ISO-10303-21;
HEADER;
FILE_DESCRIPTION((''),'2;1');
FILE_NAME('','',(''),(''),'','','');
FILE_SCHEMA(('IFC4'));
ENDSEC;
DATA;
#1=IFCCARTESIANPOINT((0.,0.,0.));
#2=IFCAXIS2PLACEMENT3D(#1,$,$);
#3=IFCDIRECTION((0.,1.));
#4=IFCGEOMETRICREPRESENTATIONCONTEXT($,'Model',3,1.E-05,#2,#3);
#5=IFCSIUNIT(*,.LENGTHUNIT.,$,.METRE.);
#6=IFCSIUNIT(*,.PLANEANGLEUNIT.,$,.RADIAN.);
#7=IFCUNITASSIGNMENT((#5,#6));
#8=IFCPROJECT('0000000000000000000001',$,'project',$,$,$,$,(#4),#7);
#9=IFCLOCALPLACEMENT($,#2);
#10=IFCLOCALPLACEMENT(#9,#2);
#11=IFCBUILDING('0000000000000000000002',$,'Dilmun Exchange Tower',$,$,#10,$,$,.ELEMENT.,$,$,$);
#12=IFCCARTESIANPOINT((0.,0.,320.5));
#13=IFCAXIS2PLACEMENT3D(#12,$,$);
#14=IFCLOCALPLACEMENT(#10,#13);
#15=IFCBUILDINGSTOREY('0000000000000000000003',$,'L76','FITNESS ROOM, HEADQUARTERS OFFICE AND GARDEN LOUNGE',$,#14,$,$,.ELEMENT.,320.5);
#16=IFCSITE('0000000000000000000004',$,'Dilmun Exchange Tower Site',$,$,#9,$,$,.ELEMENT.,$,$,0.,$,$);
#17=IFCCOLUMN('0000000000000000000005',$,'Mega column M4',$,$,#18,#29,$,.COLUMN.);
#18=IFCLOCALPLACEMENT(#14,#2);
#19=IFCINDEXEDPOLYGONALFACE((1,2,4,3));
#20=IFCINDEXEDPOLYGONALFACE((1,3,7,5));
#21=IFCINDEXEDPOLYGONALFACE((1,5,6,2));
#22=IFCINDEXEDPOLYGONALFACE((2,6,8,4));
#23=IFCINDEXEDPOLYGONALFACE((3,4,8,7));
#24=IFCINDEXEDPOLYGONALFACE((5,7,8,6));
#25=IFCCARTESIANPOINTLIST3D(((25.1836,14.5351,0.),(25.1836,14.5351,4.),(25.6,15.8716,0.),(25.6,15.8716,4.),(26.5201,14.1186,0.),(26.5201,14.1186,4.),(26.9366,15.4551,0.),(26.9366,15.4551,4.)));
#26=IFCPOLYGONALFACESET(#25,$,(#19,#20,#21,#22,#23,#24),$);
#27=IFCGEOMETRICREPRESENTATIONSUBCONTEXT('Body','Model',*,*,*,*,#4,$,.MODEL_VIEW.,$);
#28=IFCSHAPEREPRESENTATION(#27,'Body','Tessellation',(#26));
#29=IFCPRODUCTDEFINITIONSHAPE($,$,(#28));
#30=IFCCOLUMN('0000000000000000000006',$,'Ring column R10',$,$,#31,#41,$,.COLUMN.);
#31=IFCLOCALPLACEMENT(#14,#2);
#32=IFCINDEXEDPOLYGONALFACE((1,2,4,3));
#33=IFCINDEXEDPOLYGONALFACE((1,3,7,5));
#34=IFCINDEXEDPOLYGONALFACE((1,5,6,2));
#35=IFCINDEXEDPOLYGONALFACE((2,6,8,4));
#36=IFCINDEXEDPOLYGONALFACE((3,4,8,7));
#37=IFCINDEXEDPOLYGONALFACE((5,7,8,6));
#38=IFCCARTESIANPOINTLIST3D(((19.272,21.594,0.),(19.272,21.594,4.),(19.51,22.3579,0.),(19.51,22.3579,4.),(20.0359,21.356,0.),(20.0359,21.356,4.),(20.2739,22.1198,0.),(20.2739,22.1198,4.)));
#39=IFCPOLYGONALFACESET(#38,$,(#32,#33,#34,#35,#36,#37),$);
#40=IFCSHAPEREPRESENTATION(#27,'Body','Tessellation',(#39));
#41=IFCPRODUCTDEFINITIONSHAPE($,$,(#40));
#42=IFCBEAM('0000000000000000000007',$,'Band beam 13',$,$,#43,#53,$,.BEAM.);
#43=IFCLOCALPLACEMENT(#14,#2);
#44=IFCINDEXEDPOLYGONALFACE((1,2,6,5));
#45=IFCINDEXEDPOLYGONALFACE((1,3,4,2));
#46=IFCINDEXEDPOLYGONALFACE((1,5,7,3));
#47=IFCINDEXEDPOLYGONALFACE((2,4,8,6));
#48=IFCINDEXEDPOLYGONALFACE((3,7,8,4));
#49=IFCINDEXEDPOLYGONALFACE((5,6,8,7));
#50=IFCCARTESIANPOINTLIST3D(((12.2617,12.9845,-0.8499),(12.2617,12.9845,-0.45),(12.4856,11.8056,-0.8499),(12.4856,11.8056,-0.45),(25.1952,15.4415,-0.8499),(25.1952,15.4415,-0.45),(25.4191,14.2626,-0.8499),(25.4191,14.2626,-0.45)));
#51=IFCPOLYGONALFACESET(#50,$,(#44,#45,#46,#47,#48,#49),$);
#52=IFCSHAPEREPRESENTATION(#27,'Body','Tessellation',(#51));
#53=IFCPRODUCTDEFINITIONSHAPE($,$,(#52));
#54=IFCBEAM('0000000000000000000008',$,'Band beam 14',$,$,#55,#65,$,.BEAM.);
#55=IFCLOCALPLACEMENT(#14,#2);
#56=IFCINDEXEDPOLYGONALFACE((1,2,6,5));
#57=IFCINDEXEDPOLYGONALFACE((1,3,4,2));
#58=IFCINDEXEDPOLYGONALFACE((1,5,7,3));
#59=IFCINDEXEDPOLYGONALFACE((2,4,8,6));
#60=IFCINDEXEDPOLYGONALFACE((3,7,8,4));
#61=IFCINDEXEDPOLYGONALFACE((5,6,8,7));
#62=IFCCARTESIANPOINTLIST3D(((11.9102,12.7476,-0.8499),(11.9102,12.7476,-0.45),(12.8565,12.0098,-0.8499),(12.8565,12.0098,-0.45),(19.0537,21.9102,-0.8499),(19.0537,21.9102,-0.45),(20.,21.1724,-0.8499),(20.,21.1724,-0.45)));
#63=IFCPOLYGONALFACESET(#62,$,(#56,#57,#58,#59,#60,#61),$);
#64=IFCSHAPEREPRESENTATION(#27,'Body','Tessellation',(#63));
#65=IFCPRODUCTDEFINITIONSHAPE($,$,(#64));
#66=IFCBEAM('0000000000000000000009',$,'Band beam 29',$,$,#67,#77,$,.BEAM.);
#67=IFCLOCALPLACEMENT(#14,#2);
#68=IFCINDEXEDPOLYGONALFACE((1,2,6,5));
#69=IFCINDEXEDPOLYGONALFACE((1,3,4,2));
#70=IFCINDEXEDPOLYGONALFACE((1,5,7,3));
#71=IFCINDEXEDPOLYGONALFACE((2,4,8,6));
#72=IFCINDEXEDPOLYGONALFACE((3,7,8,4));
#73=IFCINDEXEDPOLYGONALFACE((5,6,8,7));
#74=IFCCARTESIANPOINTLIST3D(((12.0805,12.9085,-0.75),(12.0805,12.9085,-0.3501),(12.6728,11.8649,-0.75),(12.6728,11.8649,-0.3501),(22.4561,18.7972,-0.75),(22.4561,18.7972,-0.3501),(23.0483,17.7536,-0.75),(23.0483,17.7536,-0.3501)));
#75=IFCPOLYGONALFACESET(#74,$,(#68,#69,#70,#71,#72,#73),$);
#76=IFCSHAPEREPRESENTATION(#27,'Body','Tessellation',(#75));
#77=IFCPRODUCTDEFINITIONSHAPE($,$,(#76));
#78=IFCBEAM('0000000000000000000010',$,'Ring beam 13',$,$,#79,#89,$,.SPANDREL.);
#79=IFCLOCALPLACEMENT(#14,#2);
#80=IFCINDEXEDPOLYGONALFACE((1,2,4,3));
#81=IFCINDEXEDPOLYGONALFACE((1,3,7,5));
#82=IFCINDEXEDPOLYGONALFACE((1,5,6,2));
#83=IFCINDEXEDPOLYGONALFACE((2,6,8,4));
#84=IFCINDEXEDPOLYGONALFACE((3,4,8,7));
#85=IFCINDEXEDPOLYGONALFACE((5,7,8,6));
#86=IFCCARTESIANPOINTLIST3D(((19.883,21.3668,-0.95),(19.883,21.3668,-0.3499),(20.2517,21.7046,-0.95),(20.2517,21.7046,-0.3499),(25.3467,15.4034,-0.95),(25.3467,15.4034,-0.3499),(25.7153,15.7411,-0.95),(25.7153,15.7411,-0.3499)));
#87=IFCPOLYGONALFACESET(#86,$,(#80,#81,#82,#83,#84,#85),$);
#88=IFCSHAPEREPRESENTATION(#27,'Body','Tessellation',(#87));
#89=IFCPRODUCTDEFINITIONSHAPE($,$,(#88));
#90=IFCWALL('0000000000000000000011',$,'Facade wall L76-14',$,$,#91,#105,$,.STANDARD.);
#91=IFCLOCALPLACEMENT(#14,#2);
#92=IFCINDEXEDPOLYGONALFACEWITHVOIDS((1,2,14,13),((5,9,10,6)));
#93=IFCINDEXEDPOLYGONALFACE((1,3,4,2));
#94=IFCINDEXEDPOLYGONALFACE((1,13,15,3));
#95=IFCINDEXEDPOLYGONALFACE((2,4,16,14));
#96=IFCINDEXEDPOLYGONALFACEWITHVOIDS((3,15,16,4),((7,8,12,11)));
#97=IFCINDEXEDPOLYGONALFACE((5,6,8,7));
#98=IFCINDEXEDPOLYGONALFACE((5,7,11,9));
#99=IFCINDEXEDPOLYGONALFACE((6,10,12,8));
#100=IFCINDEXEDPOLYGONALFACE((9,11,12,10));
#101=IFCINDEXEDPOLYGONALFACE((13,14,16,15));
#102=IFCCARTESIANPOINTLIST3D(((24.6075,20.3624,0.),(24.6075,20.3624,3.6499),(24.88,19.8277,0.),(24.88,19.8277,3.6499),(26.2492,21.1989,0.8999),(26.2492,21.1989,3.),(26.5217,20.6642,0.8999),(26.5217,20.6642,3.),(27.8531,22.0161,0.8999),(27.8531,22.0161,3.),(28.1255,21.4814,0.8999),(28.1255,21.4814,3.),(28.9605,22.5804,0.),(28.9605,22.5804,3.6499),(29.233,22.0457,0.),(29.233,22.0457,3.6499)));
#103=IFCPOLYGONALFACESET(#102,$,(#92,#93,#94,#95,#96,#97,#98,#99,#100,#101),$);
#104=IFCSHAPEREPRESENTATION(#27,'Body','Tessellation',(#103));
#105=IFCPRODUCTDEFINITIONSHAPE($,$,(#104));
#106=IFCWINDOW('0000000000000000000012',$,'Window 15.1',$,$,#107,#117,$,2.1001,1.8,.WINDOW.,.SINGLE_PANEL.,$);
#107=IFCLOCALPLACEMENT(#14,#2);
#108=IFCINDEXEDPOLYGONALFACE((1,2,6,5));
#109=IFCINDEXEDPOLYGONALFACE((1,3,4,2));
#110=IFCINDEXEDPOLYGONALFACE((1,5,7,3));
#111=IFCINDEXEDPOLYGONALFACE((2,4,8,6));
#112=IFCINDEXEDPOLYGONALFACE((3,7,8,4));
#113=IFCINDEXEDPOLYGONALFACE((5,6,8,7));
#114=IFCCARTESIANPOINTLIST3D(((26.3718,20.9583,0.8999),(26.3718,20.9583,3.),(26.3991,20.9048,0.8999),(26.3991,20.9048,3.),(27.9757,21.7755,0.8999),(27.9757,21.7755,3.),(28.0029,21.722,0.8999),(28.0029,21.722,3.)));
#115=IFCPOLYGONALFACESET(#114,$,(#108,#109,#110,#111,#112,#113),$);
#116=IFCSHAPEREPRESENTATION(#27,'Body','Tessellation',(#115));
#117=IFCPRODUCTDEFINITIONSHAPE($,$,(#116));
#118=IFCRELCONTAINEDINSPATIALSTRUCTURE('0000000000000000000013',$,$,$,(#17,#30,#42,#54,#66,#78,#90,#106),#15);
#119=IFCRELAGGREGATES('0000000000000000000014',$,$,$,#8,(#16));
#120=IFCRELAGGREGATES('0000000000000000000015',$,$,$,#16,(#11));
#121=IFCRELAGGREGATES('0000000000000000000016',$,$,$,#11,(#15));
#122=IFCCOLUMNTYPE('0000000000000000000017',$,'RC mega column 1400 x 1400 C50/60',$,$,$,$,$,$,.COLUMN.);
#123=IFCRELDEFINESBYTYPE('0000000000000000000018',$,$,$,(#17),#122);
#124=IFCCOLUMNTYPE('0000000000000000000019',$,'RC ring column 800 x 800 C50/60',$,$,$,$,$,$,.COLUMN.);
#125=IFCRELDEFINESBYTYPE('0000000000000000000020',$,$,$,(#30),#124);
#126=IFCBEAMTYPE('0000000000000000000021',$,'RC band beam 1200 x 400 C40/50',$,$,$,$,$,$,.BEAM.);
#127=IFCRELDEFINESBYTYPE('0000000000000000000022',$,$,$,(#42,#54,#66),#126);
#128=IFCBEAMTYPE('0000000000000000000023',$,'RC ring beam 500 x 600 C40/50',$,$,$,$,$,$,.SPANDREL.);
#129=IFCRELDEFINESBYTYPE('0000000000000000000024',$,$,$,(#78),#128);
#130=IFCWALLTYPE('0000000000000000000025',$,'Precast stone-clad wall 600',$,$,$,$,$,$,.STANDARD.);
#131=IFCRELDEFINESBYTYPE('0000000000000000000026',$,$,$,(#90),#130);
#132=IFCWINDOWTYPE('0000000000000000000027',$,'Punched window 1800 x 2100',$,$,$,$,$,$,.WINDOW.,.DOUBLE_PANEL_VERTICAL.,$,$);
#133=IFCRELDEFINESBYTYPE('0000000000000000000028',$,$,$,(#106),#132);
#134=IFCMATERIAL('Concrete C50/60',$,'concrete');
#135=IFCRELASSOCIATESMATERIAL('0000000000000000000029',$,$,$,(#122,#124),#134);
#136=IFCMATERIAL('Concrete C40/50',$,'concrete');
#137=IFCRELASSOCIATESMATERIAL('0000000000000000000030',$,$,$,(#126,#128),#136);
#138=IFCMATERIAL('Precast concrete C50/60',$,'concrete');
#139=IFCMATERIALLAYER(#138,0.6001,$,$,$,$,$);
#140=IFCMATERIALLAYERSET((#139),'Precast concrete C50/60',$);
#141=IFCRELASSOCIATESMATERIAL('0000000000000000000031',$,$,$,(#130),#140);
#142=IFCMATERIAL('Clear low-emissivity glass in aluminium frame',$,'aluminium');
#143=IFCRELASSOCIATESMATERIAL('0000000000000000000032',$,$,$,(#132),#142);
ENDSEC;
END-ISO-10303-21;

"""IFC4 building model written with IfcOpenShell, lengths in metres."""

from ifc_helpers import new_model, si_unit, direction, frame, frame_2d, origin, origin_2d, place, context, subcontext, project, spatial, rectangle, extrude, material, layer, layer_set, material_profile, profile_set, type_object, element, fill, save


model = new_model("IFC4")

# Units and contexts
model_context = context("Model", 3, precision=1e-05, world=origin(), true_north=direction((0.0, 1.0)))
body_context = subcontext(model_context, "Body", "Model", "MODEL_VIEW")
ifc_project = project(units=[si_unit("LENGTHUNIT", "METRE"), si_unit("PLANEANGLEUNIT", "RADIAN")], contexts=[model_context])

# Site, building, storey
site_placement = place(None, origin())
site = spatial("IfcSite", under=ifc_project, at=site_placement, Name="Dilmun Exchange Tower Site", CompositionType="ELEMENT", RefElevation=0.0)
building_placement = place(site_placement, origin())
building = spatial("IfcBuilding", under=site, at=building_placement, Name="Dilmun Exchange Tower", CompositionType="ELEMENT")
storey_placement = place(building_placement, frame((0.0, 0.0, 320.5)))
storey = spatial("IfcBuildingStorey", under=building, at=storey_placement, Name="L76", Description="FITNESS ROOM, HEADQUARTERS OFFICE AND GARDEN LOUNGE", CompositionType="ELEMENT", Elevation=320.5)

# Columns
ifc_material_1 = material(Name="Concrete C50/60", Category="concrete")
ifc_material_profile_1 = material_profile(ifc_material_1, rectangle(XDim=1.3999, YDim=1.3999, at=origin_2d()), Name="1400 x 1400")
ifc_profile_set_1 = profile_set([ifc_material_profile_1], Name="Concrete C50/60")
column_type_1 = type_object("IfcColumnType", Name="RC mega column 1400 x 1400 C50/60", PredefinedType="COLUMN", material=ifc_profile_set_1)
column_1_placement = place(storey_placement, frame((26.0601, 14.9951, 0.0), z_axis=(0.0, 0.0, 1.0), x_axis=(0.297503, 0.954721, 0.0)))
element("IfcColumn", 1, at=column_1_placement, inside=storey, type_object=column_type_1, Name="Mega column M4", PredefinedType="COLUMN", context=body_context, shape_type="SweptSolid", body=[
    extrude(rectangle(XDim=1.3999, YDim=1.3999, at=origin_2d()), origin(), (0.0, 0.0, 1.0), 4.0),
])
ifc_material_profile_2 = material_profile(ifc_material_1, rectangle(XDim=0.8, YDim=0.8, at=origin_2d()), Name="800 x 800")
ifc_profile_set_2 = profile_set([ifc_material_profile_2], Name="Concrete C50/60")
column_type_2 = type_object("IfcColumnType", Name="RC ring column 800 x 800 C50/60", PredefinedType="COLUMN", material=ifc_profile_set_2)
column_2_placement = place(storey_placement, frame((19.7729, 21.8569, 0.0), z_axis=(0.0, 0.0, 1.0), x_axis=(0.297503, 0.954721, 0.0)))
element("IfcColumn", 2, at=column_2_placement, inside=storey, type_object=column_type_2, Name="Ring column R10", PredefinedType="COLUMN", context=body_context, shape_type="SweptSolid", body=[
    extrude(rectangle(XDim=0.8, YDim=0.8, at=origin_2d()), origin(), (0.0, 0.0, 1.0), 4.0),
])

# Beams
ifc_material_2 = material(Name="Concrete C40/50", Category="concrete")
ifc_material_profile_3 = material_profile(ifc_material_2, rectangle(XDim=1.2, YDim=0.3999, at=origin_2d()), Name="1200 x 400")
ifc_profile_set_3 = profile_set([ifc_material_profile_3], Name="Concrete C40/50")
beam_type_1 = type_object("IfcBeamType", Name="RC band beam 1200 x 400 C40/50", PredefinedType="BEAM", material=ifc_profile_set_3)
beam_1_placement = place(storey_placement, frame((25.3071, 14.8521, -0.6499), z_axis=(-0.982429, -0.186635, 0.0), x_axis=(0.186635, -0.982429, 0.0)))
element("IfcBeam", 3, at=beam_1_placement, inside=storey, type_object=beam_type_1, Name="Band beam 13", PredefinedType="BEAM", context=body_context, shape_type="SweptSolid", body=[
    extrude(rectangle(XDim=1.2, YDim=0.3999, at=origin_2d()), origin(), (0.0, 0.0, 1.0), 13.1648),
])
beam_2_placement = place(storey_placement, frame((19.5269, 21.5413, -0.6499), z_axis=(-0.614857, -0.788639, 0.0), x_axis=(0.788639, -0.614857, 0.0)))
element("IfcBeam", 4, at=beam_2_placement, inside=storey, type_object=beam_type_1, Name="Band beam 14", PredefinedType="BEAM", context=body_context, shape_type="SweptSolid", body=[
    extrude(rectangle(XDim=1.2, YDim=0.3999, at=origin_2d()), origin(), (0.0, 0.0, 1.0), 11.6182),
])
beam_3_placement = place(storey_placement, frame((22.7522, 18.2754, -0.55), z_axis=(-0.86969, -0.493598, 0.0), x_axis=(0.493598, -0.86969, 0.0)))
element("IfcBeam", 5, at=beam_3_placement, inside=storey, type_object=beam_type_1, Name="Band beam 29", PredefinedType="BEAM", context=body_context, shape_type="SweptSolid", body=[
    extrude(rectangle(XDim=1.2, YDim=0.3999, at=origin_2d()), origin(), (0.0, 0.0, 1.0), 11.9302),
])
ifc_material_profile_4 = material_profile(ifc_material_2, rectangle(XDim=0.5, YDim=0.6001, at=origin_2d()), Name="500 x 600")
ifc_profile_set_4 = profile_set([ifc_material_profile_4], Name="Concrete C40/50")
beam_type_2 = type_object("IfcBeamType", Name="RC ring beam 500 x 600 C40/50", PredefinedType="SPANDREL", material=ifc_profile_set_4)
beam_4_placement = place(storey_placement, frame((25.531, 15.5723, -0.6499), z_axis=(-0.675536, 0.737327, 0.0), x_axis=(-0.737327, -0.675536, 0.0)))
element("IfcBeam", 6, at=beam_4_placement, inside=storey, type_object=beam_type_2, Name="Ring beam 13", PredefinedType="SPANDREL", context=body_context, shape_type="SweptSolid", body=[
    extrude(rectangle(XDim=0.5, YDim=0.6001, at=origin_2d()), origin(), (0.0, 0.0, 1.0), 8.0879),
])

# Wall, opening, window
ifc_material_3 = material(Name="Precast concrete C50/60", Category="concrete")
ifc_layer = layer(ifc_material_3, 0.6001)
ifc_layer_set = layer_set([ifc_layer], Name="Precast concrete C50/60")
wall_type = type_object("IfcWallType", Name="Precast stone-clad wall 600", PredefinedType="STANDARD", material=ifc_layer_set)
wall_1_placement = place(storey_placement, frame((24.7437, 20.095, 0.0), z_axis=(0.0, 0.0, 1.0), x_axis=(0.891003, 0.453997, 0.0)))
wall_1 = element("IfcWall", 7, at=wall_1_placement, inside=storey, type_object=wall_type, Name="Facade wall L76-14", PredefinedType="STANDARD", context=body_context, shape_type="SweptSolid", body=[
    extrude(rectangle(XDim=4.8855, YDim=0.6001, at=frame_2d((2.4429, 0.0))), origin(), (0.0, 0.0, 1.0), 3.6499),
])
opening_1_placement = place(wall_1_placement, frame((1.8428, 0.0, 0.8999)))
opening_1 = element("IfcOpeningElement", 8, at=opening_1_placement, cuts=wall_1, PredefinedType="OPENING", context=body_context, shape_type="SweptSolid", body=[
    extrude(rectangle(XDim=1.8, YDim=2.1001, at=frame_2d((0.8999, 1.05))), frame((0.0, 0.3101, 0.0), z_axis=(0.0, -1.0, 0.0), x_axis=(1.0, 0.0, 0.0)), (0.0, 0.0, 1.0), 0.6201),
])
ifc_material_4 = material(Name="Clear low-emissivity glass in aluminium frame", Category="aluminium")
window_type_1 = type_object("IfcWindowType", Name="Punched window 1800 x 2100", PartitioningType="DOUBLE_PANEL_VERTICAL", PredefinedType="WINDOW", material=ifc_material_4)
window_1_placement = place(opening_1_placement, origin())
window_1 = element("IfcWindow", 9, at=window_1_placement, inside=storey, type_object=window_type_1, Name="Window 15.1", OverallHeight=2.1001, OverallWidth=1.8, PartitioningType="SINGLE_PANEL", PredefinedType="WINDOW", context=body_context, shape_type="SweptSolid", body=[
    extrude(rectangle(XDim=1.8, YDim=2.1001, at=frame_2d((0.8999, 1.05))), frame((0.0, 0.03, 0.0), z_axis=(0.0, -1.0, 0.0), x_axis=(1.0, 0.0, 0.0)), (0.0, 0.0, 1.0), 0.0601),
])
fill(opening_1, window_1)

save(model, "model.ifc")
